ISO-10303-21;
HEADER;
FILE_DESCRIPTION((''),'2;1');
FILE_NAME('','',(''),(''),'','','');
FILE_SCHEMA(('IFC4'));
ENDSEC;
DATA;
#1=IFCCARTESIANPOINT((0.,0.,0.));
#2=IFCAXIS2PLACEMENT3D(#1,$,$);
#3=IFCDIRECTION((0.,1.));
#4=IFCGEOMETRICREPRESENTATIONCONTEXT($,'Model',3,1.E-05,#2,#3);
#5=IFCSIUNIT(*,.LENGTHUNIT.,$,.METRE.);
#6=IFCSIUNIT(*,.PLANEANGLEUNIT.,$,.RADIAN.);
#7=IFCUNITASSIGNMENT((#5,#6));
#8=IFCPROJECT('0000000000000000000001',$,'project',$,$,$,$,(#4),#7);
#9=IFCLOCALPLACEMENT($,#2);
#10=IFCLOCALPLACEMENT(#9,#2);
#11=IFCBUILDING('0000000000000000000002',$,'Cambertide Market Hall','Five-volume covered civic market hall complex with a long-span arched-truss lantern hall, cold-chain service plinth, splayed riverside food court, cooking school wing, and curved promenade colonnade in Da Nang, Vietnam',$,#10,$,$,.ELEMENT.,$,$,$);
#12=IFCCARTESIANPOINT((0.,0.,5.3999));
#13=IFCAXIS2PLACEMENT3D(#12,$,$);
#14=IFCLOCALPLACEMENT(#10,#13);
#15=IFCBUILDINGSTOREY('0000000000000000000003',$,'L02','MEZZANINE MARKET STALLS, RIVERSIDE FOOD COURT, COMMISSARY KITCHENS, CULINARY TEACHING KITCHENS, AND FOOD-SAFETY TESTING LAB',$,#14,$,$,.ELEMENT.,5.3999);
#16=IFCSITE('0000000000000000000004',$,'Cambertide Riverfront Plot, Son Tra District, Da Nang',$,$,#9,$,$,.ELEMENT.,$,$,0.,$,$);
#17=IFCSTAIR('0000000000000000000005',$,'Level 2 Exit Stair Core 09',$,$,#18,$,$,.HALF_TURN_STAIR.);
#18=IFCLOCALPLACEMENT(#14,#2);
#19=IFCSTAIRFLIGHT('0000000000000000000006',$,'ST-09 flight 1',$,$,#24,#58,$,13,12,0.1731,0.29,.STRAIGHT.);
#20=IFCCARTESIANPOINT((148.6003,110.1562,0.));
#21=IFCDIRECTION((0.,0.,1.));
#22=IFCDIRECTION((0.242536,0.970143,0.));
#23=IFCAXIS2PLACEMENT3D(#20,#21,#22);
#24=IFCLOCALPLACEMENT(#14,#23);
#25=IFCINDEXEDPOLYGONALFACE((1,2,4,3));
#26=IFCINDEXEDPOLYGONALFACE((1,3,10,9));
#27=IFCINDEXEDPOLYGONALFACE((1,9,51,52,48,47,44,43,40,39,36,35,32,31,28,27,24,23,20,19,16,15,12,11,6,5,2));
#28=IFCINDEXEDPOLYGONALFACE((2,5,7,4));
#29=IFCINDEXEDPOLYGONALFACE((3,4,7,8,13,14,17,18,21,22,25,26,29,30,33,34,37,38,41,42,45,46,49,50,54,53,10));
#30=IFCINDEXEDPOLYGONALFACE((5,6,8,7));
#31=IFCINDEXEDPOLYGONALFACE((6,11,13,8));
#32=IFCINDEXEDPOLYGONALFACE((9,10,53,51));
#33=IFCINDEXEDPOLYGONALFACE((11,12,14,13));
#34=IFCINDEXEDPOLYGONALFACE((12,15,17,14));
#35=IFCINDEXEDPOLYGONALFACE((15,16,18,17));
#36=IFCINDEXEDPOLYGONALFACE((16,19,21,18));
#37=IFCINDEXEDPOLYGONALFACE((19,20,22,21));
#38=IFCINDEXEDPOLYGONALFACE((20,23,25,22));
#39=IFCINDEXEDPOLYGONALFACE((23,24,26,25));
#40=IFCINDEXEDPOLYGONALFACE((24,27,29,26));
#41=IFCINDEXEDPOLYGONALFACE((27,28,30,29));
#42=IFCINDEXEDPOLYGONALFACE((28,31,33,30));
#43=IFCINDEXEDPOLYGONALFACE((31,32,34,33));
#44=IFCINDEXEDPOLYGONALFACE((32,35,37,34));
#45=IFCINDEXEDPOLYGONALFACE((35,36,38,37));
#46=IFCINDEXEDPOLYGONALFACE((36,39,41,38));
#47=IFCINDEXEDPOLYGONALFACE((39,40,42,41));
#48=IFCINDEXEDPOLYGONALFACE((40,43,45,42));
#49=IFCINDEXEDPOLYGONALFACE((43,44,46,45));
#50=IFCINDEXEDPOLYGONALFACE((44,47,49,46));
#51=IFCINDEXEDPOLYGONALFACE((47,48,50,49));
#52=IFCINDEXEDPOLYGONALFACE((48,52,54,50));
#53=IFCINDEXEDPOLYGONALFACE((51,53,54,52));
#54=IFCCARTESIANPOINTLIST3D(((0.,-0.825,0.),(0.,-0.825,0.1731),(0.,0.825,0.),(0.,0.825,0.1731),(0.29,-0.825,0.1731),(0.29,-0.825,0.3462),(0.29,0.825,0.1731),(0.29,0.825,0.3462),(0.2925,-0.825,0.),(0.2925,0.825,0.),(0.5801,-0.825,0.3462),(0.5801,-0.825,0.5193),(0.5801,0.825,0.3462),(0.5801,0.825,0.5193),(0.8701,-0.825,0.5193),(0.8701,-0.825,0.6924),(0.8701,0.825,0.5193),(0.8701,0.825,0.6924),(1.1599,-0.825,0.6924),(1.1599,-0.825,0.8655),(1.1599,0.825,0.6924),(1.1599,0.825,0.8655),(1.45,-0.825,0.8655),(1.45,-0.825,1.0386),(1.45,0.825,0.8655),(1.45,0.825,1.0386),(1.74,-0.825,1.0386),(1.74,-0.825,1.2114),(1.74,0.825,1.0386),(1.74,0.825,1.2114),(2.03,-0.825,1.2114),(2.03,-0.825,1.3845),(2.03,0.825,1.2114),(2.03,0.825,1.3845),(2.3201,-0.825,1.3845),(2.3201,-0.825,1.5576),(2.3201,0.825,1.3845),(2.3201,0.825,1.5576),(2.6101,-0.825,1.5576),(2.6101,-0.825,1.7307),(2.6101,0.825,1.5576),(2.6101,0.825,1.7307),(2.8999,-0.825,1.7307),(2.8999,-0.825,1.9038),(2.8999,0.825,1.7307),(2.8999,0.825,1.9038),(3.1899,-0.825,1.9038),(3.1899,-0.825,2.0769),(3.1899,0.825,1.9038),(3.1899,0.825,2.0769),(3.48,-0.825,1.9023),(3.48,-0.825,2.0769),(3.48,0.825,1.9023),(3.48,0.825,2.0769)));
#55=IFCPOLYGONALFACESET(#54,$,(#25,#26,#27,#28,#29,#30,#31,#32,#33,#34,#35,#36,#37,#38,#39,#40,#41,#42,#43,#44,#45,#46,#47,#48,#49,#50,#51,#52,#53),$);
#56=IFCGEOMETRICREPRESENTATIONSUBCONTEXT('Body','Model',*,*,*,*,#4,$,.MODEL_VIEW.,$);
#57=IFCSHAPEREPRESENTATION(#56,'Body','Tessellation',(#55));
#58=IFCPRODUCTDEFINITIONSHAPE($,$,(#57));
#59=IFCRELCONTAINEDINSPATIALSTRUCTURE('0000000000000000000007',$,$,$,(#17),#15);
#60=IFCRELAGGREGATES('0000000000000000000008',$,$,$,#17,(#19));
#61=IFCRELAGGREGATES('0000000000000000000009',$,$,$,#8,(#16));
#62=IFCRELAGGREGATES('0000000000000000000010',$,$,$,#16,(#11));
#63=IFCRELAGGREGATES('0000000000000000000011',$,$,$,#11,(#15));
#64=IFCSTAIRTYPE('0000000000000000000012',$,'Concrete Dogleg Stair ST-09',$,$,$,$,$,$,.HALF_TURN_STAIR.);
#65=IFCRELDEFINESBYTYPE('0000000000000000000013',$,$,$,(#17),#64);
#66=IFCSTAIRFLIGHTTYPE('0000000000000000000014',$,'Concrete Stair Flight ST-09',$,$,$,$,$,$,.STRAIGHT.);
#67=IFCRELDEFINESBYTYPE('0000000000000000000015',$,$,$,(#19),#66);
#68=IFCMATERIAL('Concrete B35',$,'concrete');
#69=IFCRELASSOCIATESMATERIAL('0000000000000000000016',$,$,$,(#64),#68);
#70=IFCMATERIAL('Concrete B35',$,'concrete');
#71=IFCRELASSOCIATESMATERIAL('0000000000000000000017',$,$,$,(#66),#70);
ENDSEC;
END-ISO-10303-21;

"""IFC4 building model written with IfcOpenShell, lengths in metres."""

from ifc_helpers import new_model, si_unit, direction, frame, origin, place, context, subcontext, project, spatial, polyline, outline, extrude, material, type_object, element, aggregate, save


model = new_model("IFC4")

# Units and contexts
model_context = context("Model", 3, precision=1e-05, world=origin(), true_north=direction((0.0, 1.0)))
body_context = subcontext(model_context, "Body", "Model", "MODEL_VIEW")
ifc_project = project(units=[si_unit("LENGTHUNIT", "METRE"), si_unit("PLANEANGLEUNIT", "RADIAN")], contexts=[model_context])

# Site, building, storey
site_placement = place(None, origin())
site = spatial("IfcSite", under=ifc_project, at=site_placement, Name="Cambertide Riverfront Plot, Son Tra District, Da Nang", CompositionType="ELEMENT", RefElevation=0.0)
building_placement = place(site_placement, origin())
building = spatial("IfcBuilding", under=site, at=building_placement, Name="Cambertide Market Hall", Description="Five-volume covered civic market hall complex with a long-span arched-truss lantern hall, cold-chain service plinth, splayed riverside food court, cooking school wing, and curved promenade colonnade in Da Nang, Vietnam", CompositionType="ELEMENT")
storey_placement = place(building_placement, frame((0.0, 0.0, 5.3999)))
storey = spatial("IfcBuildingStorey", under=building, at=storey_placement, Name="L02", Description="MEZZANINE MARKET STALLS, RIVERSIDE FOOD COURT, COMMISSARY KITCHENS, CULINARY TEACHING KITCHENS, AND FOOD-SAFETY TESTING LAB", CompositionType="ELEMENT", Elevation=5.3999)

# Stair, stair flight
ifc_material_1 = material(Name="Concrete B35", Category="concrete")
stair_type = type_object("IfcStairType", Name="Concrete Dogleg Stair ST-09", PredefinedType="HALF_TURN_STAIR", material=ifc_material_1)
stair_placement = place(storey_placement, origin())
stair = element("IfcStair", 1, at=stair_placement, inside=storey, type_object=stair_type, Name="Level 2 Exit Stair Core 09", PredefinedType="HALF_TURN_STAIR")
ifc_material_2 = material(Name="Concrete B35", Category="concrete")
stair_flight_type = type_object("IfcStairFlightType", Name="Concrete Stair Flight ST-09", PredefinedType="STRAIGHT", material=ifc_material_2)
stair_flight_placement = place(storey_placement, frame((148.6003, 110.1562, 0.0), z_axis=(0.0, 0.0, 1.0), x_axis=(0.242536, 0.970143, 0.0)))
stair_flight = element("IfcStairFlight", 2, at=stair_flight_placement, type_object=stair_flight_type, Name="ST-09 flight 1", NumberOfRisers=13, NumberOfTreads=12, PredefinedType="STRAIGHT", RiserHeight=0.1731, TreadLength=0.29, context=body_context, shape_type="SweptSolid", body=[
    extrude(outline(polyline([(0.0, 0.0), (0.0, 0.1731), (0.29, 0.1731), (0.29, 0.3462), (0.5801, 0.3462), (0.5801, 0.5193), (0.8701, 0.5193), (0.8701, 0.6924), (1.1599, 0.6924), (1.1599, 0.8655), (1.45, 0.8655), (1.45, 1.0386), (1.74, 1.0386), (1.74, 1.2114), (2.03, 1.2114), (2.03, 1.3845), (2.3201, 1.3845), (2.3201, 1.5576), (2.6101, 1.5576), (2.6101, 1.7307), (2.8999, 1.7307), (2.8999, 1.9038), (3.1899, 1.9038), (3.1899, 2.0769), (3.48, 2.0769), (3.48, 2.25), (3.48, 1.9023), (0.2925, 0.0), (0.0, 0.0)])), frame((0.0, 0.825, 0.0), z_axis=(0.0, -1.0, 0.0), x_axis=(1.0, 0.0, 0.0)), (0.0, 0.0, 1.0), 1.6499),
])
aggregate(stair, [stair_flight])

save(model, "model.ifc")
